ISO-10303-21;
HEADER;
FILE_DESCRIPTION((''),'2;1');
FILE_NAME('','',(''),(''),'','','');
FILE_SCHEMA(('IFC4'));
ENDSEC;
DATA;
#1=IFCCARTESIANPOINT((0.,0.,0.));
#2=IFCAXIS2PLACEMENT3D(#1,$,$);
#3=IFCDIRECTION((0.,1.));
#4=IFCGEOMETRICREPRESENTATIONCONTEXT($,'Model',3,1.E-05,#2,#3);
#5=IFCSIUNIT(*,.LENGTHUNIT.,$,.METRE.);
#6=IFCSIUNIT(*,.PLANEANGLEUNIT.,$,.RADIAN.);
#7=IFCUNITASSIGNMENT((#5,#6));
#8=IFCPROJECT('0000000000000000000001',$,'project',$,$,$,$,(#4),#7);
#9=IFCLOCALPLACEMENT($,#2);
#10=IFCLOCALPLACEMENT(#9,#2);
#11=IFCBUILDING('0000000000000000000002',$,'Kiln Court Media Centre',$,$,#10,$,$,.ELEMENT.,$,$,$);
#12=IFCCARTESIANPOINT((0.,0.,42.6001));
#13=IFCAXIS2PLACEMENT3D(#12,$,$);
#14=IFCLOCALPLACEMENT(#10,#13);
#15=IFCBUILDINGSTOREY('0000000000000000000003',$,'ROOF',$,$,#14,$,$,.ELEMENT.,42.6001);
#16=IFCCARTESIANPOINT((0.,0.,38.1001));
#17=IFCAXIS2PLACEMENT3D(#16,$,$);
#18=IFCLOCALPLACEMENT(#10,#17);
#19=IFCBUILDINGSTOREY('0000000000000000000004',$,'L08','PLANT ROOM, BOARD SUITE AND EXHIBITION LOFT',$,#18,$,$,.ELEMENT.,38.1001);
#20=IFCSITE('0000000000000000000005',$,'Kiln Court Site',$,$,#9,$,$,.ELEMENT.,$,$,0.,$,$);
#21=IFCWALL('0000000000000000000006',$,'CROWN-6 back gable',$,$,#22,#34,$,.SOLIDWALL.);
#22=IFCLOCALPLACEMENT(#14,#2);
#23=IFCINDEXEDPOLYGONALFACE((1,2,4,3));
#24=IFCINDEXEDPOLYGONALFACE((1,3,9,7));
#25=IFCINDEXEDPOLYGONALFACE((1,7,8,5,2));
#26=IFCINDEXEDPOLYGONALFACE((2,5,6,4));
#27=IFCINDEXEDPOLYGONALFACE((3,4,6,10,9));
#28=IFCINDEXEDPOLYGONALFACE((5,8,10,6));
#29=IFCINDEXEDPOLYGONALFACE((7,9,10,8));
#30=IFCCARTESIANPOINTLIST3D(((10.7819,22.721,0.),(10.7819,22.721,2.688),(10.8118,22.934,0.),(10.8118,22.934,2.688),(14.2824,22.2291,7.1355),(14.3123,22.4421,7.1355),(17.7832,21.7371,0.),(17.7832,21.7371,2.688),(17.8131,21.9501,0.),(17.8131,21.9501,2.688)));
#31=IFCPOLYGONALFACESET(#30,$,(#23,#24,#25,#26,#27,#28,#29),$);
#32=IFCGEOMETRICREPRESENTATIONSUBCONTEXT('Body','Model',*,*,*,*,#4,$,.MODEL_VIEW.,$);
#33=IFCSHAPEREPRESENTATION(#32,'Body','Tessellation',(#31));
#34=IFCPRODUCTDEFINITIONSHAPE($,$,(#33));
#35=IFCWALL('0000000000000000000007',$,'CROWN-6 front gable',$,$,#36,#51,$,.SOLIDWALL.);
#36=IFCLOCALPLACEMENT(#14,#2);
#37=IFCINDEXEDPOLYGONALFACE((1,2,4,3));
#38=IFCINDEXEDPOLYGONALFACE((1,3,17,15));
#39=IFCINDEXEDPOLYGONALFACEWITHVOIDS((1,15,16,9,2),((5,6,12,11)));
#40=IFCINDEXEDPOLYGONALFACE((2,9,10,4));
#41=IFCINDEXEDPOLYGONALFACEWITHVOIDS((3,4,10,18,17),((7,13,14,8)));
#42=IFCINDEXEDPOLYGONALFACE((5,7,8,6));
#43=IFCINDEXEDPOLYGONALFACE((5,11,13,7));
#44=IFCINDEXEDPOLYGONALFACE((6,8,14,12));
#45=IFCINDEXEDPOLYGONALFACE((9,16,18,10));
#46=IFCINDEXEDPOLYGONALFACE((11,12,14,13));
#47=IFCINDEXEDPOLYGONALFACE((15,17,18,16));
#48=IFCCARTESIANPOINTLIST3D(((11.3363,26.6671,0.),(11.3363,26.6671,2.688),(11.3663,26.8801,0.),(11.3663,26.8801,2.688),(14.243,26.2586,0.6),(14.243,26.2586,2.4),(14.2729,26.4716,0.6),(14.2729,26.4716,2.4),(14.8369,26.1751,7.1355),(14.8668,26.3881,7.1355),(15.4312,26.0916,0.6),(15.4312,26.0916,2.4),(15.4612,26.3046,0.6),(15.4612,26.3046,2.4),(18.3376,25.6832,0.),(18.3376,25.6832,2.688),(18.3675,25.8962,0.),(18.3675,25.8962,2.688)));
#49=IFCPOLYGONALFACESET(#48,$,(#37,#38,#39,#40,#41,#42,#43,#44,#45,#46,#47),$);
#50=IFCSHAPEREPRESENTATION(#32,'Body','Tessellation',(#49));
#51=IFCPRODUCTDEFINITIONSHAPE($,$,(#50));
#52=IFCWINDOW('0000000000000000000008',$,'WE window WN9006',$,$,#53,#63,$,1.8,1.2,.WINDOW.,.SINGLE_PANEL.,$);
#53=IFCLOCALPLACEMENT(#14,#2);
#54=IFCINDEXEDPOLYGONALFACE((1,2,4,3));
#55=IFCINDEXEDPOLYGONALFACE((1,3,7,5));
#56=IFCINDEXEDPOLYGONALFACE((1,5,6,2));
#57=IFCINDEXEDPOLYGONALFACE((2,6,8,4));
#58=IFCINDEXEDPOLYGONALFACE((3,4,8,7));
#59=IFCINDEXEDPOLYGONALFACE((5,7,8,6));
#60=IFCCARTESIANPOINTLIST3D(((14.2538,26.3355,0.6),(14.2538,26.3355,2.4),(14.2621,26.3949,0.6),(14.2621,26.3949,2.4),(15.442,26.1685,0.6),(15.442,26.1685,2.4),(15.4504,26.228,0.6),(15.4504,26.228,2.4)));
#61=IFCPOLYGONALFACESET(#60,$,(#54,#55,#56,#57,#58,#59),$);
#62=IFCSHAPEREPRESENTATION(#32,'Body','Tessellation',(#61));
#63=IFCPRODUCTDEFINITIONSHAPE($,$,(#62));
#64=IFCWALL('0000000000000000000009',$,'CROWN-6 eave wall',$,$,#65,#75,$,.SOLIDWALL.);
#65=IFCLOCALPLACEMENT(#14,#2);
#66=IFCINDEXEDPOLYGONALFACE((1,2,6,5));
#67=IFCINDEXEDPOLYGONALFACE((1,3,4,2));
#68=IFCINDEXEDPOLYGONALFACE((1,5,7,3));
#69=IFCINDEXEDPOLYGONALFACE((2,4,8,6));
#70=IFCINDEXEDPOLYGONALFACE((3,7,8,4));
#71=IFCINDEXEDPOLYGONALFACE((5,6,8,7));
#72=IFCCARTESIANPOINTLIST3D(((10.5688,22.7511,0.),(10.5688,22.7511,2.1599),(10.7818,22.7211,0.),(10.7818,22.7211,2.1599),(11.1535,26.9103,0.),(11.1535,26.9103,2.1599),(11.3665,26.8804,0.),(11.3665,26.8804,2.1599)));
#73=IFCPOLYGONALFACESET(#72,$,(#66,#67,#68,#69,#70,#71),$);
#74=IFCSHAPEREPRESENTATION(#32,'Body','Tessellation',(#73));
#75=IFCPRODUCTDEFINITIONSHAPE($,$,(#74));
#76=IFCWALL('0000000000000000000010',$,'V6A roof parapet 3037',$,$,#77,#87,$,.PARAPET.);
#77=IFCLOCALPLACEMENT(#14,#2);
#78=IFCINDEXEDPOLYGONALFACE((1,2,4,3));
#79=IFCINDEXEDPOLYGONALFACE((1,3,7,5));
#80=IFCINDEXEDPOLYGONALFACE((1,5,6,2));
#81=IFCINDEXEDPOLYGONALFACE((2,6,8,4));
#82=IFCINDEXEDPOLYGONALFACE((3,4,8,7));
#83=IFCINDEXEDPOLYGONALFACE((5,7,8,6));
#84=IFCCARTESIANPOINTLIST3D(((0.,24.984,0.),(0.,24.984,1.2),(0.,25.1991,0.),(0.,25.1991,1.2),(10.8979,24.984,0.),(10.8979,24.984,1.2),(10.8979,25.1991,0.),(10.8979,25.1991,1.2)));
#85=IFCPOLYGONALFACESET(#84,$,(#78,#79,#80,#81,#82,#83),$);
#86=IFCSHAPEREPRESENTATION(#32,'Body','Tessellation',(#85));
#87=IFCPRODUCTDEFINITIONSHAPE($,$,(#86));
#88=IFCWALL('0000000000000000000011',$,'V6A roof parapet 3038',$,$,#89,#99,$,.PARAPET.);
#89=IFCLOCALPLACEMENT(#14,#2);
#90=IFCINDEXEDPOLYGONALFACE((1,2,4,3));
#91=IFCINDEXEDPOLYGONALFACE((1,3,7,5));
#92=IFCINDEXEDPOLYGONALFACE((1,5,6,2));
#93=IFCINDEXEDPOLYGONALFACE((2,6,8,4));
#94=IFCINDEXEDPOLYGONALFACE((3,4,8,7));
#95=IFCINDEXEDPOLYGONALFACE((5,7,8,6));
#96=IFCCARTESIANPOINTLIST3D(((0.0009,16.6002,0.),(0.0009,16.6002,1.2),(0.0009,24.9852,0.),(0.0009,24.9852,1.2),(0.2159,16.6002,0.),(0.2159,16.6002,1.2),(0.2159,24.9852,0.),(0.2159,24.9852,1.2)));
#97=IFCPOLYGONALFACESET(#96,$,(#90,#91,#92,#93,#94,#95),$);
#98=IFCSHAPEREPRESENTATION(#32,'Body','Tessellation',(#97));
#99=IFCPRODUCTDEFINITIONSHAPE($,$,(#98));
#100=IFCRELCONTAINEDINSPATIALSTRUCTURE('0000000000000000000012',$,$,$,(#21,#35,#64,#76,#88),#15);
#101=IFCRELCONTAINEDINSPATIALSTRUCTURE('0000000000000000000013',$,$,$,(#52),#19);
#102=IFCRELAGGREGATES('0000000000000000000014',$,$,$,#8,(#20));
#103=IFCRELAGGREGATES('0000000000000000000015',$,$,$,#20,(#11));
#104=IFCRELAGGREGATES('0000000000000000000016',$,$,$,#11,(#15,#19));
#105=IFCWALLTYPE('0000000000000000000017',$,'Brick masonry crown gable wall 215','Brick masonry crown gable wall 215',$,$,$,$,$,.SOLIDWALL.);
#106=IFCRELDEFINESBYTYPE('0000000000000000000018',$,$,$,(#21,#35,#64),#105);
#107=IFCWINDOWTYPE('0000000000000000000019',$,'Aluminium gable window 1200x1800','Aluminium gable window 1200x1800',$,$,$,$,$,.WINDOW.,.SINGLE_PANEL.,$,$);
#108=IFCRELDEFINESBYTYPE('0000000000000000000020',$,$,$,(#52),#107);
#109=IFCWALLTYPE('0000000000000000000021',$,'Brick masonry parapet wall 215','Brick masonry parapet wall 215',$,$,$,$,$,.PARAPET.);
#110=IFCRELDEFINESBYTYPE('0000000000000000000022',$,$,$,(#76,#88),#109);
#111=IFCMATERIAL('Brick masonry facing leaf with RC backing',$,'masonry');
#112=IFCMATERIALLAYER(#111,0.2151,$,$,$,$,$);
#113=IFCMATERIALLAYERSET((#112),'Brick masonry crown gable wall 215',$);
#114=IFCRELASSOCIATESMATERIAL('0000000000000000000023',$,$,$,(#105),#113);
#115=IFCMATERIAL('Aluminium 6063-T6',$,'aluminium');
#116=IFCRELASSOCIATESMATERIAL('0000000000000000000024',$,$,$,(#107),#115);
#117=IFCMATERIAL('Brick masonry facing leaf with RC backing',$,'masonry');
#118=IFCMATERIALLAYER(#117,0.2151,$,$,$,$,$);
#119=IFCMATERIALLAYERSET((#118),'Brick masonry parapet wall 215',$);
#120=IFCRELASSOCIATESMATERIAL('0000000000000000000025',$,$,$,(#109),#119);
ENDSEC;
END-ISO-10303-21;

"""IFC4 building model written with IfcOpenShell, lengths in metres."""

from ifc_helpers import new_model, si_unit, direction, frame, frame_2d, origin, place, context, subcontext, project, spatial, polyline, rectangle, outline, extrude, material, layer, layer_set, type_object, element, fill, save


model = new_model("IFC4")

# Units and contexts
model_context = context("Model", 3, precision=1e-05, world=origin(), true_north=direction((0.0, 1.0)))
body_context = subcontext(model_context, "Body", "Model", "MODEL_VIEW")
ifc_project = project(units=[si_unit("LENGTHUNIT", "METRE"), si_unit("PLANEANGLEUNIT", "RADIAN")], contexts=[model_context])

# Site, building, storey
site_placement = place(None, origin())
site = spatial("IfcSite", under=ifc_project, at=site_placement, Name="Kiln Court Site", CompositionType="ELEMENT", RefElevation=0.0)
building_placement = place(site_placement, origin())
building = spatial("IfcBuilding", under=site, at=building_placement, Name="Kiln Court Media Centre", CompositionType="ELEMENT")
storey_1_placement = place(building_placement, frame((0.0, 0.0, 42.6001)))
storey_1 = spatial("IfcBuildingStorey", under=building, at=storey_1_placement, Name="ROOF", CompositionType="ELEMENT", Elevation=42.6001)

# Wall
ifc_material_1 = material(Name="Brick masonry facing leaf with RC backing", Category="masonry")
ifc_layer_1 = layer(ifc_material_1, 0.2151)
ifc_layer_set_1 = layer_set([ifc_layer_1], Name="Brick masonry crown gable wall 215")
wall_type_1 = type_object("IfcWallType", Name="Brick masonry crown gable wall 215", Description="Brick masonry crown gable wall 215", PredefinedType="SOLIDWALL", material=ifc_layer_set_1)
wall_1_placement = place(storey_1_placement, frame((10.7969, 22.8276, 0.0), z_axis=(0.0, 0.0, 1.0), x_axis=(0.990269, -0.139163, 0.0)))
element("IfcWall", 1, at=wall_1_placement, inside=storey_1, type_object=wall_type_1, Name="CROWN-6 back gable", PredefinedType="SOLIDWALL", context=body_context, shape_type="SweptSolid", body=[
    extrude(outline(polyline([(0.0, 0.0), (7.0701, 0.0), (7.0701, 2.688), (3.5349, 7.1355), (0.0, 2.688), (0.0, 0.0)])), frame((0.0, 0.1074, 0.0), z_axis=(0.0, -1.0, 0.0), x_axis=(1.0, 0.0, 0.0)), (0.0, 0.0, 1.0), 0.2151),
])

# Wall, opening
wall_2_placement = place(storey_1_placement, frame((11.3513, 26.7737, 0.0), z_axis=(0.0, 0.0, 1.0), x_axis=(0.990269, -0.139163, 0.0)))
wall_2 = element("IfcWall", 2, at=wall_2_placement, inside=storey_1, type_object=wall_type_1, Name="CROWN-6 front gable", PredefinedType="SOLIDWALL", context=body_context, shape_type="SweptSolid", body=[
    extrude(outline(polyline([(0.0, 0.0), (7.0701, 0.0), (7.0701, 2.688), (3.5349, 7.1355), (0.0, 2.688), (0.0, 0.0)])), frame((0.0, 0.1074, 0.0), z_axis=(0.0, -1.0, 0.0), x_axis=(1.0, 0.0, 0.0)), (0.0, 0.0, 1.0), 0.2151),
])
opening_placement = place(wall_2_placement, frame((2.9351, 0.0, 0.6001)))
opening = element("IfcOpeningElement", 3, at=opening_placement, cuts=wall_2, PredefinedType="OPENING", context=body_context, shape_type="SweptSolid", body=[
    extrude(rectangle(XDim=1.2, YDim=1.8, at=frame_2d((0.6001, 0.8999))), frame((0.0, 0.1174, 0.0), z_axis=(0.0, -1.0, 0.0), x_axis=(1.0, 0.0, 0.0)), (0.0, 0.0, 1.0), 0.2351),
])

# Shared definitions
storey_2_placement = place(building_placement, frame((0.0, 0.0, 38.1001)))
storey_2 = spatial("IfcBuildingStorey", under=building, at=storey_2_placement, Name="L08", Description="PLANT ROOM, BOARD SUITE AND EXHIBITION LOFT", CompositionType="ELEMENT", Elevation=38.1001)

# Window
ifc_material_2 = material(Name="Aluminium 6063-T6", Category="aluminium")
window_type = type_object("IfcWindowType", Name="Aluminium gable window 1200x1800", Description="Aluminium gable window 1200x1800", PartitioningType="SINGLE_PANEL", PredefinedType="WINDOW", material=ifc_material_2)
window_placement = place(opening_placement, origin())
window = element("IfcWindow", 4, at=window_placement, inside=storey_2, type_object=window_type, Name="WE window WN9006", OverallHeight=1.8, OverallWidth=1.2, PartitioningType="SINGLE_PANEL", PredefinedType="WINDOW", context=body_context, shape_type="SweptSolid", body=[
    extrude(rectangle(XDim=1.2, YDim=1.8, at=frame_2d((0.6001, 0.8999))), frame((0.0, 0.03, 0.0), z_axis=(0.0, -1.0, 0.0), x_axis=(1.0, 0.0, 0.0)), (0.0, 0.0, 1.0), 0.0601),
])
fill(opening, window)

# Walls
wall_3_placement = place(storey_1_placement, frame((10.6753, 22.7361, 0.0), z_axis=(0.0, 0.0, 1.0), x_axis=(0.139216, 0.990262, 0.0)))
element("IfcWall", 5, at=wall_3_placement, inside=storey_1, type_object=wall_type_1, Name="CROWN-6 eave wall", PredefinedType="SOLIDWALL", context=body_context, shape_type="SweptSolid", body=[
    extrude(rectangle(XDim=4.2002, YDim=0.2151, at=frame_2d((2.1001, 0.0))), origin(), (0.0, 0.0, 1.0), 2.1599),
])
ifc_material_3 = material(Name="Brick masonry facing leaf with RC backing", Category="masonry")
ifc_layer_2 = layer(ifc_material_3, 0.2151)
ifc_layer_set_2 = layer_set([ifc_layer_2], Name="Brick masonry parapet wall 215")
wall_type_2 = type_object("IfcWallType", Name="Brick masonry parapet wall 215", Description="Brick masonry parapet wall 215", PredefinedType="PARAPET", material=ifc_layer_set_2)
wall_4_placement = place(storey_1_placement, frame((10.8979, 25.0916, 0.0), z_axis=(0.0, 0.0, 1.0), x_axis=(-1.0, 0.0, 0.0)))
element("IfcWall", 6, at=wall_4_placement, inside=storey_1, type_object=wall_type_2, Name="V6A roof parapet 3037", PredefinedType="PARAPET", context=body_context, shape_type="SweptSolid", body=[
    extrude(rectangle(XDim=10.8979, YDim=0.2151, at=frame_2d((5.449, 0.0))), origin(), (0.0, 0.0, 1.0), 1.2),
])
wall_5_placement = place(storey_1_placement, frame((0.1084, 24.9851, 0.0), z_axis=(0.0, 0.0, 1.0), x_axis=(0.0, -1.0, 0.0)))
element("IfcWall", 7, at=wall_5_placement, inside=storey_1, type_object=wall_type_2, Name="V6A roof parapet 3038", PredefinedType="PARAPET", context=body_context, shape_type="SweptSolid", body=[
    extrude(rectangle(XDim=8.385, YDim=0.2151, at=frame_2d((4.1924, 0.0))), origin(), (0.0, 0.0, 1.0), 1.2),
])

save(model, "model.ifc")
